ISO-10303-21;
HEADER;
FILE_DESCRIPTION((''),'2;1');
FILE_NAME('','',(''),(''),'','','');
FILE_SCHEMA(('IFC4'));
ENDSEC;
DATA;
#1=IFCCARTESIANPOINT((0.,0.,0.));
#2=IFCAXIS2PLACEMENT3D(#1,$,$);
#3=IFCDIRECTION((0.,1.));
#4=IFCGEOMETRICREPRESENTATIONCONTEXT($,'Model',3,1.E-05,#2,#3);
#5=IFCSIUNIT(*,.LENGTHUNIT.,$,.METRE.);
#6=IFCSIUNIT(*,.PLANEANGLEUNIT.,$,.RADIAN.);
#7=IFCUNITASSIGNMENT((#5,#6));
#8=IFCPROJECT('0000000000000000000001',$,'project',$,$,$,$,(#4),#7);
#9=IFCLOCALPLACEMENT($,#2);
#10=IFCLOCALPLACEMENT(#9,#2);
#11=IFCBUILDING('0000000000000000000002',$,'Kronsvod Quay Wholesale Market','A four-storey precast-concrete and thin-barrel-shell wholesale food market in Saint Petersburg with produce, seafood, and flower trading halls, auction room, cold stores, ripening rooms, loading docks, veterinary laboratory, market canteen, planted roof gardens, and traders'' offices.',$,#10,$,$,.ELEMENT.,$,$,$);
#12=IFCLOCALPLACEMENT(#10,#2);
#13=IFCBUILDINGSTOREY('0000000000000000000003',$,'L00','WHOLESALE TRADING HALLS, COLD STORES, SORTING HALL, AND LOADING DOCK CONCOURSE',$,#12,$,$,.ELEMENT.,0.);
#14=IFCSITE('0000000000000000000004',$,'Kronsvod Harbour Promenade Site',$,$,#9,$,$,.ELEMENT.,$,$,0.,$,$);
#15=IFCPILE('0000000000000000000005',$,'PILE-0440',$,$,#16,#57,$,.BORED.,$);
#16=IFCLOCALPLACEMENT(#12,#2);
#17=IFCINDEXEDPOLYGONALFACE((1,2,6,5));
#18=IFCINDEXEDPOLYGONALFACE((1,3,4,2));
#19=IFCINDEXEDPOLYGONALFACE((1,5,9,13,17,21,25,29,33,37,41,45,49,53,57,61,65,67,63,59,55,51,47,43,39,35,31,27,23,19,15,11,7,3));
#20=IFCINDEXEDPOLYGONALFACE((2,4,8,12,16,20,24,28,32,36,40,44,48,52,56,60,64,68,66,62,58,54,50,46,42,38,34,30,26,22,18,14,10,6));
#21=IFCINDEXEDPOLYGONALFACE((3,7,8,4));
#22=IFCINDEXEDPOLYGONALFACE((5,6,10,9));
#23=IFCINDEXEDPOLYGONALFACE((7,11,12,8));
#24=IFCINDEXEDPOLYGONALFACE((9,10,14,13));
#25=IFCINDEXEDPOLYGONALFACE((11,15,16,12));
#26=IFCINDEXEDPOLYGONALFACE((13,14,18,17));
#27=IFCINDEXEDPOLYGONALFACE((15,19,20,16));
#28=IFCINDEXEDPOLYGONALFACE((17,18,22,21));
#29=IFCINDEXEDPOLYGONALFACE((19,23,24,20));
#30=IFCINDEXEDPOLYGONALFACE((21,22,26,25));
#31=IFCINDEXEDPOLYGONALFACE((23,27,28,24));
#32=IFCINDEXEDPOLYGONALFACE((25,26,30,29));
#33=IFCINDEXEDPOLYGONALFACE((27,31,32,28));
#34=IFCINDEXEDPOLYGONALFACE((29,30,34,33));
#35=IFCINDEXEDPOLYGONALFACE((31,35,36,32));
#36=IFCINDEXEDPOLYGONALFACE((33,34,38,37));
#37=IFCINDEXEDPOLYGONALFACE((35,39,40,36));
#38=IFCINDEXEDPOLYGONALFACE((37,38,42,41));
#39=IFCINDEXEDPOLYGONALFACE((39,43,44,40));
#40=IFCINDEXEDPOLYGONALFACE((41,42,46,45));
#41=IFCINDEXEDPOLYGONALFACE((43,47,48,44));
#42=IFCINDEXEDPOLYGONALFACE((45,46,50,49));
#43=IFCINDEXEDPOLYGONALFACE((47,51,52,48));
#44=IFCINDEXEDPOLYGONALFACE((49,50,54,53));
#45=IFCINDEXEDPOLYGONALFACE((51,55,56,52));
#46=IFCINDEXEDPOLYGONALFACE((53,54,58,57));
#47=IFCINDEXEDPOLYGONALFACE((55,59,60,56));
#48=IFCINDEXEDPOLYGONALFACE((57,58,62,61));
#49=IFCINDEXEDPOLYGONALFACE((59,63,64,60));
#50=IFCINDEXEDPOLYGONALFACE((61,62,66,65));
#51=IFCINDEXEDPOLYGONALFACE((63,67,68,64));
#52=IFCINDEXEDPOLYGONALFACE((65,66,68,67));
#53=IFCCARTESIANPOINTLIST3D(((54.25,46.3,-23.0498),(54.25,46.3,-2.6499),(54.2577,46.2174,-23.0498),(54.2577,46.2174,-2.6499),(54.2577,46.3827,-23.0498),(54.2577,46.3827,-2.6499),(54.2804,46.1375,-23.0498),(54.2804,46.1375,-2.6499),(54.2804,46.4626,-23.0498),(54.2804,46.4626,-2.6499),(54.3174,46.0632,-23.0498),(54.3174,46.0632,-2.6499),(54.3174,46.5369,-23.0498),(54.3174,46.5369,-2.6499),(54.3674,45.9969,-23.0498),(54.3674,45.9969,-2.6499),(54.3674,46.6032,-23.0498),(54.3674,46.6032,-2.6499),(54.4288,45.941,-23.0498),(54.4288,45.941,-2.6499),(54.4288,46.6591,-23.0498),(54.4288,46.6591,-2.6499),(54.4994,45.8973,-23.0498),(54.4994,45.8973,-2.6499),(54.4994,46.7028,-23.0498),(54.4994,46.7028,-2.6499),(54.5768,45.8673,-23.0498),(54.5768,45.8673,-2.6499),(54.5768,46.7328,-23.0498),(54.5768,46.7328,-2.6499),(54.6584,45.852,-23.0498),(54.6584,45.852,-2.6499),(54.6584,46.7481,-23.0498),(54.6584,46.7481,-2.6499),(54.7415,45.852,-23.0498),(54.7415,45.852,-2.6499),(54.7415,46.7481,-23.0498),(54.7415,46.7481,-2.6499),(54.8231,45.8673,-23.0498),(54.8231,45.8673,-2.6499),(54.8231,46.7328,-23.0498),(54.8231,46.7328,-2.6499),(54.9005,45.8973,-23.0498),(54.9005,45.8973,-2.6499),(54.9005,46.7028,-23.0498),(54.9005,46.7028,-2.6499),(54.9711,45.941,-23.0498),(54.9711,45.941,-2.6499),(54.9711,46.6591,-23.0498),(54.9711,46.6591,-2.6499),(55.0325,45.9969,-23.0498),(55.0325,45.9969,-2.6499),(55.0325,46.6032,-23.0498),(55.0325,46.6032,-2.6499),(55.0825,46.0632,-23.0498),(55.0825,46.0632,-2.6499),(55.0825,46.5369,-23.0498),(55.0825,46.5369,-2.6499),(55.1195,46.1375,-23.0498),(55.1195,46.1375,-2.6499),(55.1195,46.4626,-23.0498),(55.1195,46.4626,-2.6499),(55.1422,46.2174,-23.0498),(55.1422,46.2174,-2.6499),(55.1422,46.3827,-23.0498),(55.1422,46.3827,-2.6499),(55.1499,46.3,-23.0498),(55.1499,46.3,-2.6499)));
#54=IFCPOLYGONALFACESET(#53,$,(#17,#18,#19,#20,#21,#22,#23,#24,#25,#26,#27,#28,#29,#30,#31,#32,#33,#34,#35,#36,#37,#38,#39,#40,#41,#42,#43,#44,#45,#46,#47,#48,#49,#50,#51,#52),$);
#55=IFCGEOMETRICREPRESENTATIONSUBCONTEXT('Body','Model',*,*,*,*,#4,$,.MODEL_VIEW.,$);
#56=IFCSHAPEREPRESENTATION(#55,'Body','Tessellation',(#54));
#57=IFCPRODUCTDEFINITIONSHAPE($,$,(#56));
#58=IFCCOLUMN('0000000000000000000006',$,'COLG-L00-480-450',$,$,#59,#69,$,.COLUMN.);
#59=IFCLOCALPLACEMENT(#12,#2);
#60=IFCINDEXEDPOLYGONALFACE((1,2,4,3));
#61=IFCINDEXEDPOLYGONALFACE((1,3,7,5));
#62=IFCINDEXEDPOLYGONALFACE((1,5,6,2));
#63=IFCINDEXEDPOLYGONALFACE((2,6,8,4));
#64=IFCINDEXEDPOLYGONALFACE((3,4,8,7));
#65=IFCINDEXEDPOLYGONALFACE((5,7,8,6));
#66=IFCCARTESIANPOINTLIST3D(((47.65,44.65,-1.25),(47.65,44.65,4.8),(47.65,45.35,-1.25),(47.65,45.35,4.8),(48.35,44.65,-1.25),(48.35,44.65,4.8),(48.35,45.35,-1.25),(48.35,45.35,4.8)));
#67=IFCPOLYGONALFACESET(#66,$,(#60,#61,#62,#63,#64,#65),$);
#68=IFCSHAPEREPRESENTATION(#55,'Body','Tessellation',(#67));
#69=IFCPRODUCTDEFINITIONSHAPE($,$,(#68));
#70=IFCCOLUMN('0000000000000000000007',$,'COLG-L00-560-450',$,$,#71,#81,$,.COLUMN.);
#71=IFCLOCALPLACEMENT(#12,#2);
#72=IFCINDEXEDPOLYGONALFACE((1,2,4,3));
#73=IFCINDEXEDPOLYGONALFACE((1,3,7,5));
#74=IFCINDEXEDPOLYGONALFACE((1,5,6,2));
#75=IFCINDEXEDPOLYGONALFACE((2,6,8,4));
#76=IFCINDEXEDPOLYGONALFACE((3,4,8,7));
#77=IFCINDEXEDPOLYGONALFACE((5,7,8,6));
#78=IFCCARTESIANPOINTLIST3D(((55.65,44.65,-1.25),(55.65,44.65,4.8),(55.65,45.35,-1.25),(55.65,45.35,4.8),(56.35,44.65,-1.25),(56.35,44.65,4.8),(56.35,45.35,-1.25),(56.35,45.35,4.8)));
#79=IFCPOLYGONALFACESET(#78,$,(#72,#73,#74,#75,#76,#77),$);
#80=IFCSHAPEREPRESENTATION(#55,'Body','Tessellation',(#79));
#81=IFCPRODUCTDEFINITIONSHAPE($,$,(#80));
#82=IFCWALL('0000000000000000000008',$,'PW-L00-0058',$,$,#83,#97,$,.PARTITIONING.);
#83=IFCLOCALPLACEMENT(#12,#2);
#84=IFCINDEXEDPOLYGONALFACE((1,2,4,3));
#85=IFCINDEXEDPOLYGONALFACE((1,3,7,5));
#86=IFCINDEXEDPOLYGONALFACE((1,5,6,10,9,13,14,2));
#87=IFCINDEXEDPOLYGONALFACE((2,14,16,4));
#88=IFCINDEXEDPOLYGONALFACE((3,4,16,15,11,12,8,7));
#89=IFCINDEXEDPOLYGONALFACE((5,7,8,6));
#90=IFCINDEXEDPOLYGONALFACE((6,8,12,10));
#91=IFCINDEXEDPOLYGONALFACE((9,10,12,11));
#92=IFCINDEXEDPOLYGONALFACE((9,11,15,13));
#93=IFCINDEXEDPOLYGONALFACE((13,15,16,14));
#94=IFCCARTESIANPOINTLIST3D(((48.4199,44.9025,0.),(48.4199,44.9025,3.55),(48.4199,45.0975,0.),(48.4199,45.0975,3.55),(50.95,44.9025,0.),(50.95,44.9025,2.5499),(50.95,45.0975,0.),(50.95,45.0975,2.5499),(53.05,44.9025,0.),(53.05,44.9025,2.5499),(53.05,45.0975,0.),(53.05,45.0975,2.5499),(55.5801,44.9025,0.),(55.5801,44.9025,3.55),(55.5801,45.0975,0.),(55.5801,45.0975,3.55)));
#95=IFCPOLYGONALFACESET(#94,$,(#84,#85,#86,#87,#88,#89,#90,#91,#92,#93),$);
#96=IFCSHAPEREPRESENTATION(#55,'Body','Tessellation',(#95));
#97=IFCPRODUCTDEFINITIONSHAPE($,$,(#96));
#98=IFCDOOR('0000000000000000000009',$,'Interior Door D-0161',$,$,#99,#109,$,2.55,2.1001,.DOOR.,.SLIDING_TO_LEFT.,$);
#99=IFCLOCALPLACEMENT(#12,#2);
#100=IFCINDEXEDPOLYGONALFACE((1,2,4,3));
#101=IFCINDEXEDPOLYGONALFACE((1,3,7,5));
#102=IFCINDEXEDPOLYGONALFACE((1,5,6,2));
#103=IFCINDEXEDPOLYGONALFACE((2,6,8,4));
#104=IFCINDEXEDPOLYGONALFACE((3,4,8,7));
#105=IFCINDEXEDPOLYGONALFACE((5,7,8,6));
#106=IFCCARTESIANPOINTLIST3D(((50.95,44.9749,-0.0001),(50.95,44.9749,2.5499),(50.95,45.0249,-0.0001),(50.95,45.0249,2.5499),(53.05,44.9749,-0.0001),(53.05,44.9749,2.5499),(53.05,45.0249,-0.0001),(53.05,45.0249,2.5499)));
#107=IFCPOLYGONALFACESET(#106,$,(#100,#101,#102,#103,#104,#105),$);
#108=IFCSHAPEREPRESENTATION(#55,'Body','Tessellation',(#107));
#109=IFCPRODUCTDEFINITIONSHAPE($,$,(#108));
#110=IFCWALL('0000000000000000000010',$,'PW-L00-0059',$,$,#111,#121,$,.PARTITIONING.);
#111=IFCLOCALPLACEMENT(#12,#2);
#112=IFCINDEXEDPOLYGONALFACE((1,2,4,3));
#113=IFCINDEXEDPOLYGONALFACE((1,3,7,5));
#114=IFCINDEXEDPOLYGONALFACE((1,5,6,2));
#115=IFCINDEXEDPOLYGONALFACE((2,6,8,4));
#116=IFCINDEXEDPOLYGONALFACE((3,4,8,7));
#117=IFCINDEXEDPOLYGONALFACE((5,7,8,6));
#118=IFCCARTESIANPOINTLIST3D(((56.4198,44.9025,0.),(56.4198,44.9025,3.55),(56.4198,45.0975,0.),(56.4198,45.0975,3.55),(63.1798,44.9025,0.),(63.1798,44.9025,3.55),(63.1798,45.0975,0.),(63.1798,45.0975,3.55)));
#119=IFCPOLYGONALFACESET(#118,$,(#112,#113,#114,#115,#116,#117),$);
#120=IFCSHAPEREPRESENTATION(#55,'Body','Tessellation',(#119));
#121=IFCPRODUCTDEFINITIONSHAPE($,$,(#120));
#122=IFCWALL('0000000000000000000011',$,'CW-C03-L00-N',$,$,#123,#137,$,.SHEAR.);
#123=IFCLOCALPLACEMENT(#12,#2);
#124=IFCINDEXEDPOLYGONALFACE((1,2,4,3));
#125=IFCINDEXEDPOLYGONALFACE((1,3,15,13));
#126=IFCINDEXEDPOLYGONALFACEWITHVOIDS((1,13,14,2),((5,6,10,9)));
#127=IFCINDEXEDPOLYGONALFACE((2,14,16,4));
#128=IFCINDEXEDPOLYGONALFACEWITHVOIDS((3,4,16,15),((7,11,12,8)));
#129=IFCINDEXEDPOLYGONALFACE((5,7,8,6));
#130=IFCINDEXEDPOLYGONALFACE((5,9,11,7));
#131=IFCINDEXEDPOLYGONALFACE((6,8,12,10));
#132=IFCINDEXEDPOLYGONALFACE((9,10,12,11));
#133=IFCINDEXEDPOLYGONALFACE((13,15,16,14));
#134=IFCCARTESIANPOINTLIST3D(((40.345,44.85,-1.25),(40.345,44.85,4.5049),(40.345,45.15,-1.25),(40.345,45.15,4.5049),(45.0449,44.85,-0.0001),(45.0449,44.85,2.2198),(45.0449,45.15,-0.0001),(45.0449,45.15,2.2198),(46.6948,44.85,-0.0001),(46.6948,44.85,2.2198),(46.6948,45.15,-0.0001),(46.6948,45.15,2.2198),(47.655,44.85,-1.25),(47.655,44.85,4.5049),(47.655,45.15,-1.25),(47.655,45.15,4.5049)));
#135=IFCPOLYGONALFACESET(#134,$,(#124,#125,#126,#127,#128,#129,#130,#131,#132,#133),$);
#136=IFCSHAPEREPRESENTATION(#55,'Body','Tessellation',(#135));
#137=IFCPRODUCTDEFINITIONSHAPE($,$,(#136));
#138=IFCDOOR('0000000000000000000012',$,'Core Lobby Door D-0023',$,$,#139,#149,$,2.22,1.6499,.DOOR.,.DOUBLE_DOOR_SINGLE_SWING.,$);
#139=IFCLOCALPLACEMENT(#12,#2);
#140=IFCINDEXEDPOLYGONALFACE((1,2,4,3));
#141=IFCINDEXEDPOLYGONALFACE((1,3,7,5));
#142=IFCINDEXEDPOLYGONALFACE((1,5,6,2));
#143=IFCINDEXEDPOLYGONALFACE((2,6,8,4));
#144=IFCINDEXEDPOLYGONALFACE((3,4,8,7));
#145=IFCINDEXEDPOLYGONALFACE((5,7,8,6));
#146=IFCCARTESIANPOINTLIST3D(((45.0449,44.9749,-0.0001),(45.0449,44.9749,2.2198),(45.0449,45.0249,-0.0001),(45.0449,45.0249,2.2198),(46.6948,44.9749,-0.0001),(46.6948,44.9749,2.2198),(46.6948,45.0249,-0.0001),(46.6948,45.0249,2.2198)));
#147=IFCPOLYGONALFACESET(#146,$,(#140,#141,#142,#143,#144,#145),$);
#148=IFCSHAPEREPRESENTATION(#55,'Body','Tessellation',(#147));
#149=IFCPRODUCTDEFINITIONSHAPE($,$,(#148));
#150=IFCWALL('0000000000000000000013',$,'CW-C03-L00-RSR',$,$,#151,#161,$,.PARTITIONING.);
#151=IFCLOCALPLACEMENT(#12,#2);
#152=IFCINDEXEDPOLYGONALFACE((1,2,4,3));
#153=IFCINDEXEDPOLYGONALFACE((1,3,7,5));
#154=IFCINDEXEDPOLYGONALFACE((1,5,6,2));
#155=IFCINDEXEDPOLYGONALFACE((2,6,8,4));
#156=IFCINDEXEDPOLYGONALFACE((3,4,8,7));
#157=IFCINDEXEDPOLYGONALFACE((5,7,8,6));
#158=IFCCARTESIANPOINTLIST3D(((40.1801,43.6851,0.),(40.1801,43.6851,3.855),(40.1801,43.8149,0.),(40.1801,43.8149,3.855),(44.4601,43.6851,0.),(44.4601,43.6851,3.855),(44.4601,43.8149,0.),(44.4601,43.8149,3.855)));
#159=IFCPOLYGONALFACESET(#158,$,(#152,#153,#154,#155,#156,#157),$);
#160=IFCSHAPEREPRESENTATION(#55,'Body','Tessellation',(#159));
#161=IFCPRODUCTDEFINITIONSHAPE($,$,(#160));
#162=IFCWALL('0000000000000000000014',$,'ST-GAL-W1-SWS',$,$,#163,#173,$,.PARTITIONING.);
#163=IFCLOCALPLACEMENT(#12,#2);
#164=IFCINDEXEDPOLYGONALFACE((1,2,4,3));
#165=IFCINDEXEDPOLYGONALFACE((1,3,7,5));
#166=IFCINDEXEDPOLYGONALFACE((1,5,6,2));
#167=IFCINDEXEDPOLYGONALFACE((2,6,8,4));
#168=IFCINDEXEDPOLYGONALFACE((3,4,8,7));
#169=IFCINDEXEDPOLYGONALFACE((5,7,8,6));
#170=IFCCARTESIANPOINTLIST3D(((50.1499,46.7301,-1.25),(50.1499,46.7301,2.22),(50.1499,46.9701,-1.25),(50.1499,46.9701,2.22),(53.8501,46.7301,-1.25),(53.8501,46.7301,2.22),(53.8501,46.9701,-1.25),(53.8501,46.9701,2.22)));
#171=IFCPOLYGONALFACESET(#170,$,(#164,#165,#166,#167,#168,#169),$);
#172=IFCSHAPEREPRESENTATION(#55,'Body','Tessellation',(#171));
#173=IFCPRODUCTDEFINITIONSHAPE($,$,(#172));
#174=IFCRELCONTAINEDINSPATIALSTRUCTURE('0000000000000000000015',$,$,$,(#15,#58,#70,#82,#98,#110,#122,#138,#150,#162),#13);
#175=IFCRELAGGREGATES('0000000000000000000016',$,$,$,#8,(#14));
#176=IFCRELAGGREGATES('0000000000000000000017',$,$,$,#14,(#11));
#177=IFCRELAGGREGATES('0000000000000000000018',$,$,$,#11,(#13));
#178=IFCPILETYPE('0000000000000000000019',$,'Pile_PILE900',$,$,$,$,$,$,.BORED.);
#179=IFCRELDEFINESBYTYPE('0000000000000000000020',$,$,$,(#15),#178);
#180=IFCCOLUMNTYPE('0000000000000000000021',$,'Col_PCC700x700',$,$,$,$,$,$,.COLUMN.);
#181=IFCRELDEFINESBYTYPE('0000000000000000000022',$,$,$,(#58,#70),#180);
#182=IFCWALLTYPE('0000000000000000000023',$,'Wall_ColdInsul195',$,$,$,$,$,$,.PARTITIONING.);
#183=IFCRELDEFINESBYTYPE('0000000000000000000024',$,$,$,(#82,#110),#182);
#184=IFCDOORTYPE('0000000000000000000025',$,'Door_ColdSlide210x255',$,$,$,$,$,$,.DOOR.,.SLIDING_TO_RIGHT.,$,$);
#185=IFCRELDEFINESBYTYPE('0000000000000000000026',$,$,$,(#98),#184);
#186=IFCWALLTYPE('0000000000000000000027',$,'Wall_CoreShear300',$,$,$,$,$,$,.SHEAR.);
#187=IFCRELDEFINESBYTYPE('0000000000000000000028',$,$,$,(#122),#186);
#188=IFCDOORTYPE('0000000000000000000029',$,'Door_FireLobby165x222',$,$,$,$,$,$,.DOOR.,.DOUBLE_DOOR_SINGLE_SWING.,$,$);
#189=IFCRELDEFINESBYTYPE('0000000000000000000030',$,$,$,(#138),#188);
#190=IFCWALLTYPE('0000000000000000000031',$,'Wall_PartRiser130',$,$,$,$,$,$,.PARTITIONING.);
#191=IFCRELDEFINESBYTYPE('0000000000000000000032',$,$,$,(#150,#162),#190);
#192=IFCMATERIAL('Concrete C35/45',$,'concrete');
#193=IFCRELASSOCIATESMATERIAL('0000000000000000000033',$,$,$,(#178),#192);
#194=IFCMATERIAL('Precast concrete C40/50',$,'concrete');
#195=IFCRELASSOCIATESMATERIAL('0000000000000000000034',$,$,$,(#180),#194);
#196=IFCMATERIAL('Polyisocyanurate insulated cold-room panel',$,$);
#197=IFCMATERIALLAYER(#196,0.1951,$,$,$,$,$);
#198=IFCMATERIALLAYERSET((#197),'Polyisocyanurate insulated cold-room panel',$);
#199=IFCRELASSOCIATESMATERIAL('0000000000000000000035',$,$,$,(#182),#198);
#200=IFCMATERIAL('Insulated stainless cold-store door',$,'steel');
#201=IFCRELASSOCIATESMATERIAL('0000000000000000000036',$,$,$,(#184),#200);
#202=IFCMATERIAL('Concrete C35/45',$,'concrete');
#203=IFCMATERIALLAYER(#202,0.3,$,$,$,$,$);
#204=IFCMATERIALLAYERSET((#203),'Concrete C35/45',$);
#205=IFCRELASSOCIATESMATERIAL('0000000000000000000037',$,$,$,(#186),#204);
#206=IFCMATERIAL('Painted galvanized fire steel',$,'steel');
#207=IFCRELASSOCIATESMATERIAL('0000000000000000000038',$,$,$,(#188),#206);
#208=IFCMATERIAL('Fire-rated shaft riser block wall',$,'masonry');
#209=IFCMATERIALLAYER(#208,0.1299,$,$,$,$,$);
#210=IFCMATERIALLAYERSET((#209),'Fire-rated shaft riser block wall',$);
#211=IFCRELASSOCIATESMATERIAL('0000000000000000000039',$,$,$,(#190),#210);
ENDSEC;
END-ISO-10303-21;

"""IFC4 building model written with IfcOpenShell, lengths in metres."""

from ifc_helpers import new_model, si_unit, direction, frame, frame_2d, origin, origin_2d, place, context, subcontext, project, spatial, rectangle, circle, extrude, material, layer, layer_set, material_profile, profile_set, type_object, element, fill, save


model = new_model("IFC4")

# Units and contexts
model_context = context("Model", 3, precision=1e-05, world=origin(), true_north=direction((0.0, 1.0)))
body_context = subcontext(model_context, "Body", "Model", "MODEL_VIEW")
ifc_project = project(units=[si_unit("LENGTHUNIT", "METRE"), si_unit("PLANEANGLEUNIT", "RADIAN")], contexts=[model_context])

# Site, building, storey
site_placement = place(None, origin())
site = spatial("IfcSite", under=ifc_project, at=site_placement, Name="Kronsvod Harbour Promenade Site", CompositionType="ELEMENT", RefElevation=0.0)
building_placement = place(site_placement, origin())
building = spatial("IfcBuilding", under=site, at=building_placement, Name="Kronsvod Quay Wholesale Market", Description="A four-storey precast-concrete and thin-barrel-shell wholesale food market in Saint Petersburg with produce, seafood, and flower trading halls, auction room, cold stores, ripening rooms, loading docks, veterinary laboratory, market canteen, planted roof gardens, and traders' offices.", CompositionType="ELEMENT")
storey_placement = place(building_placement, origin())
storey = spatial("IfcBuildingStorey", under=building, at=storey_placement, Name="L00", Description="WHOLESALE TRADING HALLS, COLD STORES, SORTING HALL, AND LOADING DOCK CONCOURSE", CompositionType="ELEMENT", Elevation=0.0)

# Pile
ifc_material_1 = material(Name="Concrete C35/45", Category="concrete")
ifc_material_profile_1 = material_profile(ifc_material_1, circle(Radius=0.45, at=origin_2d()), Name="PILE900")
ifc_profile_set_1 = profile_set([ifc_material_profile_1], Name="Concrete C35/45")
pile_type = type_object("IfcPileType", Name="Pile_PILE900", PredefinedType="BORED", material=ifc_profile_set_1)
for number, where, z_axis, x_axis, name in (
    (1, (54.7, 46.3, -2.6499), (0.0, 0.0, -1.0), (1.0, 0.0, 0.0), "PILE-0440"),
):
    element("IfcPile", number, at=place(storey_placement, frame(where, z_axis=z_axis, x_axis=x_axis)), inside=storey, type_object=pile_type, Name=name, PredefinedType="BORED", context=body_context, shape_type="SweptSolid", body=[
        extrude(circle(Radius=0.45, at=origin_2d()), origin(), (0.0, 0.0, 1.0), 20.3999),
    ])

# Columns
ifc_material_2 = material(Name="Precast concrete C40/50", Category="concrete")
ifc_material_profile_2 = material_profile(ifc_material_2, rectangle(XDim=0.7, YDim=0.7, at=origin_2d()), Name="PCC700x700")
ifc_profile_set_2 = profile_set([ifc_material_profile_2], Name="Precast concrete C40/50")
column_type = type_object("IfcColumnType", Name="Col_PCC700x700", PredefinedType="COLUMN", material=ifc_profile_set_2)
for number, where, z_axis, x_axis, name in (
    (2, (48.0, 45.0, -1.25), (0.0, 0.0, 1.0), (1.0, 0.0, 0.0), "COLG-L00-480-450"),
    (3, (56.0, 45.0, -1.25), (0.0, 0.0, 1.0), (1.0, 0.0, 0.0), "COLG-L00-560-450"),
):
    element("IfcColumn", number, at=place(storey_placement, frame(where, z_axis=z_axis, x_axis=x_axis)), inside=storey, type_object=column_type, Name=name, PredefinedType="COLUMN", context=body_context, shape_type="SweptSolid", body=[
        extrude(rectangle(XDim=0.7, YDim=0.7, at=origin_2d()), origin(), (0.0, 0.0, 1.0), 6.05),
    ])

# Wall, opening, door
ifc_material_3 = material(Name="Polyisocyanurate insulated cold-room panel")
ifc_layer_1 = layer(ifc_material_3, 0.1951)
ifc_layer_set_1 = layer_set([ifc_layer_1], Name="Polyisocyanurate insulated cold-room panel")
wall_type_1 = type_object("IfcWallType", Name="Wall_ColdInsul195", PredefinedType="PARTITIONING", material=ifc_layer_set_1)
wall_1_placement = place(storey_placement, frame((48.4199, 45.0, 0.0), z_axis=(0.0, 0.0, 1.0), x_axis=(1.0, 0.0, 0.0)))
wall_1 = element("IfcWall", 4, at=wall_1_placement, inside=storey, type_object=wall_type_1, Name="PW-L00-0058", PredefinedType="PARTITIONING", context=body_context, shape_type="SweptSolid", body=[
    extrude(rectangle(XDim=7.1602, YDim=0.1951, at=frame_2d((3.5801, 0.0))), origin(), (0.0, 0.0, 1.0), 3.55),
])
opening_1_placement = place(wall_1_placement, frame((2.53, 0.0, 0.0)))
opening_1 = element("IfcOpeningElement", 5, at=opening_1_placement, cuts=wall_1, PredefinedType="OPENING", context=body_context, shape_type="SweptSolid", body=[
    extrude(rectangle(XDim=2.1001, YDim=2.55, at=frame_2d((1.05, 1.2749))), frame((0.0, 0.1074, 0.0), z_axis=(0.0, -1.0, 0.0), x_axis=(1.0, 0.0, 0.0)), (0.0, 0.0, 1.0), 0.2151),
])
ifc_material_4 = material(Name="Insulated stainless cold-store door", Category="steel")
door_type_1 = type_object("IfcDoorType", Name="Door_ColdSlide210x255", OperationType="SLIDING_TO_RIGHT", PredefinedType="DOOR", material=ifc_material_4)
door_1_placement = place(opening_1_placement, origin())
door_1 = element("IfcDoor", 6, at=door_1_placement, inside=storey, type_object=door_type_1, Name="Interior Door D-0161", OperationType="SLIDING_TO_LEFT", OverallHeight=2.55, OverallWidth=2.1001, PredefinedType="DOOR", context=body_context, shape_type="SweptSolid", body=[
    extrude(rectangle(XDim=2.1001, YDim=2.55, at=frame_2d((1.05, 1.2749))), frame((0.0, 0.0249, 0.0), z_axis=(0.0, -1.0, 0.0), x_axis=(1.0, 0.0, 0.0)), (0.0, 0.0, 1.0), 0.05),
])
fill(opening_1, door_1)

# Wall
wall_2_placement = place(storey_placement, frame((56.4199, 45.0, 0.0), z_axis=(0.0, 0.0, 1.0), x_axis=(1.0, 0.0, 0.0)))
element("IfcWall", 7, at=wall_2_placement, inside=storey, type_object=wall_type_1, Name="PW-L00-0059", PredefinedType="PARTITIONING", context=body_context, shape_type="SweptSolid", body=[
    extrude(rectangle(XDim=6.76, YDim=0.1951, at=frame_2d((3.3799, 0.0))), origin(), (0.0, 0.0, 1.0), 3.55),
])

# Wall, opening, door
ifc_material_5 = material(Name="Concrete C35/45", Category="concrete")
ifc_layer_2 = layer(ifc_material_5, 0.3)
ifc_layer_set_2 = layer_set([ifc_layer_2], Name="Concrete C35/45")
wall_type_2 = type_object("IfcWallType", Name="Wall_CoreShear300", PredefinedType="SHEAR", material=ifc_layer_set_2)
wall_3_placement = place(storey_placement, frame((40.345, 45.0, -1.25), z_axis=(0.0, 0.0, 1.0), x_axis=(1.0, 0.0, 0.0)))
wall_3 = element("IfcWall", 8, at=wall_3_placement, inside=storey, type_object=wall_type_2, Name="CW-C03-L00-N", PredefinedType="SHEAR", context=body_context, shape_type="SweptSolid", body=[
    extrude(rectangle(XDim=7.3101, YDim=0.3, at=frame_2d((3.655, 0.0))), origin(), (0.0, 0.0, 1.0), 5.7549),
])
opening_2_placement = place(wall_3_placement, frame((4.7, 0.0, 1.25)))
opening_2 = element("IfcOpeningElement", 9, at=opening_2_placement, cuts=wall_3, PredefinedType="OPENING", context=body_context, shape_type="SweptSolid", body=[
    extrude(rectangle(XDim=1.6499, YDim=2.22, at=frame_2d((0.825, 1.1099))), frame((0.0, 0.1602, 0.0), z_axis=(0.0, -1.0, 0.0), x_axis=(1.0, 0.0, 0.0)), (0.0, 0.0, 1.0), 0.3201),
])
ifc_material_6 = material(Name="Painted galvanized fire steel", Category="steel")
door_type_2 = type_object("IfcDoorType", Name="Door_FireLobby165x222", OperationType="DOUBLE_DOOR_SINGLE_SWING", PredefinedType="DOOR", material=ifc_material_6)
door_2_placement = place(opening_2_placement, origin())
door_2 = element("IfcDoor", 10, at=door_2_placement, inside=storey, type_object=door_type_2, Name="Core Lobby Door D-0023", OperationType="DOUBLE_DOOR_SINGLE_SWING", OverallHeight=2.22, OverallWidth=1.6499, PredefinedType="DOOR", context=body_context, shape_type="SweptSolid", body=[
    extrude(rectangle(XDim=1.6499, YDim=2.22, at=frame_2d((0.825, 1.1099))), frame((0.0, 0.0249, 0.0), z_axis=(0.0, -1.0, 0.0), x_axis=(1.0, 0.0, 0.0)), (0.0, 0.0, 1.0), 0.05),
])
fill(opening_2, door_2)

# Walls
ifc_material_7 = material(Name="Fire-rated shaft riser block wall", Category="masonry")
ifc_layer_3 = layer(ifc_material_7, 0.1299)
ifc_layer_set_3 = layer_set([ifc_layer_3], Name="Fire-rated shaft riser block wall")
wall_type_3 = type_object("IfcWallType", Name="Wall_PartRiser130", PredefinedType="PARTITIONING", material=ifc_layer_set_3)
wall_4_placement = place(storey_placement, frame((40.1799, 43.75, 0.0), z_axis=(0.0, 0.0, 1.0), x_axis=(1.0, 0.0, 0.0)))
element("IfcWall", 11, at=wall_4_placement, inside=storey, type_object=wall_type_3, Name="CW-C03-L00-RSR", PredefinedType="PARTITIONING", context=body_context, shape_type="SweptSolid", body=[
    extrude(rectangle(XDim=4.28, YDim=0.1299, at=frame_2d((2.1401, 0.0))), origin(), (0.0, 0.0, 1.0), 3.855),
])
wall_5_placement = place(storey_placement, frame((50.1499, 46.8501, -1.25), z_axis=(0.0, 0.0, 1.0), x_axis=(1.0, 0.0, 0.0)))
element("IfcWall", 12, at=wall_5_placement, inside=storey, type_object=wall_type_3, Name="ST-GAL-W1-SWS", PredefinedType="PARTITIONING", context=body_context, shape_type="SweptSolid", body=[
    extrude(rectangle(XDim=3.7002, YDim=0.24, at=frame_2d((1.8501, 0.0))), origin(), (0.0, 0.0, 1.0), 3.47),
])

save(model, "model.ifc")
